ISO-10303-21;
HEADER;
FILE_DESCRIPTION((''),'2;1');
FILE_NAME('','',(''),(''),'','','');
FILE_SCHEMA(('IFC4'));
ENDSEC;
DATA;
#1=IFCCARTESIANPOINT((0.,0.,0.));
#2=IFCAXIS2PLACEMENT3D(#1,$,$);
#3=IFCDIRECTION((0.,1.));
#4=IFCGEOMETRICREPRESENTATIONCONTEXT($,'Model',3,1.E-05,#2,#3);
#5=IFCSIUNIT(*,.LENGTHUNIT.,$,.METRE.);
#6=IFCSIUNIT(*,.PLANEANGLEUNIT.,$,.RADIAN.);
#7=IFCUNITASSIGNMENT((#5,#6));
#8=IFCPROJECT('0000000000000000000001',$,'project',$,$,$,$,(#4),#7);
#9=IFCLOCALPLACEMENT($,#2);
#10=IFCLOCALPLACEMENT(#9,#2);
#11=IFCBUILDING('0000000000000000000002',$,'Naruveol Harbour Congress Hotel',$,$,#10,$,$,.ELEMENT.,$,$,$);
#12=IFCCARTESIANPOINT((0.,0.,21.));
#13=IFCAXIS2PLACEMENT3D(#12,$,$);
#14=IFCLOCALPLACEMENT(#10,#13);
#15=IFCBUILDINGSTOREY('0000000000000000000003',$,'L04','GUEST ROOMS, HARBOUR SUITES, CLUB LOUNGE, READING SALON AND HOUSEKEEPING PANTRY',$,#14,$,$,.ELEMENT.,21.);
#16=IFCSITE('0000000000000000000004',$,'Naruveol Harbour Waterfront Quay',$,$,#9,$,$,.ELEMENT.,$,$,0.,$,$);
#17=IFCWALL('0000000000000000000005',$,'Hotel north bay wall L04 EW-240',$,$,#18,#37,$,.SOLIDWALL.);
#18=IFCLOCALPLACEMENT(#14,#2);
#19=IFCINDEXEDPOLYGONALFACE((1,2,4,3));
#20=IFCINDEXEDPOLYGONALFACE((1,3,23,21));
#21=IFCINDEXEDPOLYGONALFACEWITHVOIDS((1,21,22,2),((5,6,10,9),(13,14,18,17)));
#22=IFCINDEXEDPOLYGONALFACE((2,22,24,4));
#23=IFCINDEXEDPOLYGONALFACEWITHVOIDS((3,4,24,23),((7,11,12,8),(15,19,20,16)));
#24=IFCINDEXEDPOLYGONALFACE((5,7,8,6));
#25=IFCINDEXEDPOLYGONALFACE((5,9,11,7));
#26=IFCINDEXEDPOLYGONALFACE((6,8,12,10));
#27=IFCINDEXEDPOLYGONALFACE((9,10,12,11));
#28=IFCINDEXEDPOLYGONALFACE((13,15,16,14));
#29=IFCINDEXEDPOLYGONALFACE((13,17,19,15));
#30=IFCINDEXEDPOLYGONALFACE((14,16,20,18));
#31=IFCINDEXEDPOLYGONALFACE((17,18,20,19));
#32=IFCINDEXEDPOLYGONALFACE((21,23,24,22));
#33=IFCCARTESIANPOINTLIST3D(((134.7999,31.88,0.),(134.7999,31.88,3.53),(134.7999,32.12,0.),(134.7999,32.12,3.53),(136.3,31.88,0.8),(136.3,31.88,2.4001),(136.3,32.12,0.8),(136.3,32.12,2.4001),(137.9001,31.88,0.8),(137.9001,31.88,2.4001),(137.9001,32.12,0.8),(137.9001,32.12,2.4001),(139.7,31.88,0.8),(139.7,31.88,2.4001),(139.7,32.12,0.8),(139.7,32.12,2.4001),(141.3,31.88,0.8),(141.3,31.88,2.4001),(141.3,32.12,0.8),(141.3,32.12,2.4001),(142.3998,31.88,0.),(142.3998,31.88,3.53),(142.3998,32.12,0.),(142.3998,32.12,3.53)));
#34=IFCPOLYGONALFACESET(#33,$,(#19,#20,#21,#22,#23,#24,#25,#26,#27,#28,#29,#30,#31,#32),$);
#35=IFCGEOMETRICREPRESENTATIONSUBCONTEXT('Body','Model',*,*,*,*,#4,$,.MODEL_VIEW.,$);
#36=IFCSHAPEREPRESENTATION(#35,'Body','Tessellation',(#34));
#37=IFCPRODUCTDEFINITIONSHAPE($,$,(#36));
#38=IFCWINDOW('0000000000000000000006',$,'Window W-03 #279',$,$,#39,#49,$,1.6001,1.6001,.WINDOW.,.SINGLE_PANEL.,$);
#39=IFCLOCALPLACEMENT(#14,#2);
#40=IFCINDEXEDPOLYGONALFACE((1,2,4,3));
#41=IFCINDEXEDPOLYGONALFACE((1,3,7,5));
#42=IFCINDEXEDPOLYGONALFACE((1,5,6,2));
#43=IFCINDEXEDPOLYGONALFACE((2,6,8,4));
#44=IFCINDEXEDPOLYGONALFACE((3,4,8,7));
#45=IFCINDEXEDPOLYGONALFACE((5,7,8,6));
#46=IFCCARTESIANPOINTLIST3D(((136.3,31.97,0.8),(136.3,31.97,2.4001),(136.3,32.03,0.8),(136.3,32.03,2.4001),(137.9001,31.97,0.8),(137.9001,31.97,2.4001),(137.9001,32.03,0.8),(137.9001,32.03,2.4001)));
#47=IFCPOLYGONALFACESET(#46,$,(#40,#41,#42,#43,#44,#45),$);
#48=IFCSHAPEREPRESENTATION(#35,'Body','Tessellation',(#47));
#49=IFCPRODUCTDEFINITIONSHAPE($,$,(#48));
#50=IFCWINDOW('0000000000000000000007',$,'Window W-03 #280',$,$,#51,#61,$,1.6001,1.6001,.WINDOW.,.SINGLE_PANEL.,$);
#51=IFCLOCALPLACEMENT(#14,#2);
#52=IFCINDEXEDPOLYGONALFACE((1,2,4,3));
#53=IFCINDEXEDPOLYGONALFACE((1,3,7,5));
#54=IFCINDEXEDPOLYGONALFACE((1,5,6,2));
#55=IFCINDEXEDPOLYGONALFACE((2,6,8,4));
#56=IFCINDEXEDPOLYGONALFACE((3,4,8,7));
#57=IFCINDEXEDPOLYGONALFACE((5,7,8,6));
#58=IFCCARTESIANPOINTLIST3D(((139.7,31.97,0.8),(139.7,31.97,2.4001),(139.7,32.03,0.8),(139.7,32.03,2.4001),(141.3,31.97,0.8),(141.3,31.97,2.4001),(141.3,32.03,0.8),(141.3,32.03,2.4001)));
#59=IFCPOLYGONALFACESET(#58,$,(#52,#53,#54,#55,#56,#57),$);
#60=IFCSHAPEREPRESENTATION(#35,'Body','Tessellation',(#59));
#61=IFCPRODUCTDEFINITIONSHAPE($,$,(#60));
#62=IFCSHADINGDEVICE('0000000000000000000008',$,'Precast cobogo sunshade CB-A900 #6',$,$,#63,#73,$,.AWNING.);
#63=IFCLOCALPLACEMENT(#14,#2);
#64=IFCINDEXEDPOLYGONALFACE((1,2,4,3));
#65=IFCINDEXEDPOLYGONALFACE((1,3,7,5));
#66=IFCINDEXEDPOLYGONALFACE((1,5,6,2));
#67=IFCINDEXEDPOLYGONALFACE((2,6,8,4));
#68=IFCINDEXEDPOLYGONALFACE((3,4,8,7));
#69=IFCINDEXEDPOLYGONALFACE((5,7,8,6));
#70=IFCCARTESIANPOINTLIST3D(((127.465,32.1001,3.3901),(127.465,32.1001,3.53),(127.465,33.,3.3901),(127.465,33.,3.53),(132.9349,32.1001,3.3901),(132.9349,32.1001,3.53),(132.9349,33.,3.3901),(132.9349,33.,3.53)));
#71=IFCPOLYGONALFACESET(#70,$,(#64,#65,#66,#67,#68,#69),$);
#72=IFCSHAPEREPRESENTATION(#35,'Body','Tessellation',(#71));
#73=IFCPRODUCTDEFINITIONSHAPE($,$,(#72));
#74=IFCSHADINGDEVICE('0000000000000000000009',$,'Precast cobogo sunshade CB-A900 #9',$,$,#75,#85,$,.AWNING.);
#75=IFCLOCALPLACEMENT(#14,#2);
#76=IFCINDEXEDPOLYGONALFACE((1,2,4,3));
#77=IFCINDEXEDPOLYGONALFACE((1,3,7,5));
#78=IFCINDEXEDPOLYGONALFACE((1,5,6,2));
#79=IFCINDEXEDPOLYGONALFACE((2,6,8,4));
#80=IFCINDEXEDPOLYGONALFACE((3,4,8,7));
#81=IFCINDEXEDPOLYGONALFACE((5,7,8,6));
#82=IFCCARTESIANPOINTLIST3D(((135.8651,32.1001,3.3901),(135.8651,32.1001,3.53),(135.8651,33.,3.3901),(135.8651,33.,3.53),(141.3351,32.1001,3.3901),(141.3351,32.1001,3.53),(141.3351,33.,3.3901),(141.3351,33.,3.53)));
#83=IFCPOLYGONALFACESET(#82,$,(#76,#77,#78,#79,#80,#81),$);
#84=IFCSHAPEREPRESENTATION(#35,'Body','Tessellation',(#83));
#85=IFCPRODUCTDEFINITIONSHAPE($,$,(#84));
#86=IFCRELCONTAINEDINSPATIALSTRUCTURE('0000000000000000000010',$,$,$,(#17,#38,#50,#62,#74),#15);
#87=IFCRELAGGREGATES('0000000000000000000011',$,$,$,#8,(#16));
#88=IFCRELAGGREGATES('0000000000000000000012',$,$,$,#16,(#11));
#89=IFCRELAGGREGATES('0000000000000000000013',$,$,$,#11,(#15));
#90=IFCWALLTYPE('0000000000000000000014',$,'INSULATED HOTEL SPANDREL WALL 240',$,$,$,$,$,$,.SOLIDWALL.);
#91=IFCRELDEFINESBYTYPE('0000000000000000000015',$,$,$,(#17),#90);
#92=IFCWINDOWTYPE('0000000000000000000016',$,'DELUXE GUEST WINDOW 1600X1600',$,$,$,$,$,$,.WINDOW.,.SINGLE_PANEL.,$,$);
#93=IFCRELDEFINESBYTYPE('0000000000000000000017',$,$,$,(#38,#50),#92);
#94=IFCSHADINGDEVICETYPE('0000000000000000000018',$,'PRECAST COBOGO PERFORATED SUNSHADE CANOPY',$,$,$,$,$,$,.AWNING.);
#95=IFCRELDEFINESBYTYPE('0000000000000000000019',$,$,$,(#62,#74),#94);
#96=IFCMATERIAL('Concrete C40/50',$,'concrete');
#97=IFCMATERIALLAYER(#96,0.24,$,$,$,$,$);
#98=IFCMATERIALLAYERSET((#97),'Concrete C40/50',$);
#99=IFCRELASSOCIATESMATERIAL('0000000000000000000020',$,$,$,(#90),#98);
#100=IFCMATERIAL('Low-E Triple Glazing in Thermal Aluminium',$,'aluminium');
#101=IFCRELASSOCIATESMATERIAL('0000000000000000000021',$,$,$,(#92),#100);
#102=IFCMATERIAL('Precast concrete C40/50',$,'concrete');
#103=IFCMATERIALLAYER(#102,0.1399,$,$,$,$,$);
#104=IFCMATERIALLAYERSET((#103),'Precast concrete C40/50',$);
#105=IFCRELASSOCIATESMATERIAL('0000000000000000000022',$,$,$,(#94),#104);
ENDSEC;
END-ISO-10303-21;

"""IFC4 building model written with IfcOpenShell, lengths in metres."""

from ifc_helpers import new_model, si_unit, direction, frame, frame_2d, origin, origin_2d, place, context, subcontext, project, spatial, rectangle, extrude, material, layer, layer_set, type_object, element, fill, save


model = new_model("IFC4")

# Units and contexts
model_context = context("Model", 3, precision=1e-05, world=origin(), true_north=direction((0.0, 1.0)))
body_context = subcontext(model_context, "Body", "Model", "MODEL_VIEW")
ifc_project = project(units=[si_unit("LENGTHUNIT", "METRE"), si_unit("PLANEANGLEUNIT", "RADIAN")], contexts=[model_context])

# Site, building, storey
site_placement = place(None, origin())
site = spatial("IfcSite", under=ifc_project, at=site_placement, Name="Naruveol Harbour Waterfront Quay", CompositionType="ELEMENT", RefElevation=0.0)
building_placement = place(site_placement, origin())
building = spatial("IfcBuilding", under=site, at=building_placement, Name="Naruveol Harbour Congress Hotel", CompositionType="ELEMENT")
storey_placement = place(building_placement, frame((0.0, 0.0, 21.0)))
storey = spatial("IfcBuildingStorey", under=building, at=storey_placement, Name="L04", Description="GUEST ROOMS, HARBOUR SUITES, CLUB LOUNGE, READING SALON AND HOUSEKEEPING PANTRY", CompositionType="ELEMENT", Elevation=21.0)

# Wall, openings, windows
ifc_material_1 = material(Name="Concrete C40/50", Category="concrete")
ifc_layer_1 = layer(ifc_material_1, 0.24)
ifc_layer_set_1 = layer_set([ifc_layer_1], Name="Concrete C40/50")
wall_type_1 = type_object("IfcWallType", Name="INSULATED HOTEL SPANDREL WALL 240", PredefinedType="SOLIDWALL", material=ifc_layer_set_1)
wall_1_placement = place(storey_placement, frame((134.8, 32.0, 0.0), z_axis=(0.0, 0.0, 1.0), x_axis=(1.0, 0.0, 0.0)))
wall_1 = element("IfcWall", 1, at=wall_1_placement, inside=storey, type_object=wall_type_1, Name="Hotel north bay wall L04 EW-240", PredefinedType="SOLIDWALL", context=body_context, shape_type="SweptSolid", body=[
    extrude(rectangle(XDim=7.5999, YDim=0.24, at=frame_2d((3.7998, 0.0))), origin(), (0.0, 0.0, 1.0), 3.53),
])
opening_1_placement = place(wall_1_placement, frame((1.5, 0.0, 0.8)))
opening_1 = element("IfcOpeningElement", 2, at=opening_1_placement, cuts=wall_1, PredefinedType="OPENING", context=body_context, shape_type="SweptSolid", body=[
    extrude(rectangle(XDim=1.6001, YDim=1.6001, at=frame_2d((0.8, 0.8))), frame((0.0, 0.1299, 0.0), z_axis=(0.0, -1.0, 0.0), x_axis=(1.0, 0.0, 0.0)), (0.0, 0.0, 1.0), 0.26),
])
opening_2_placement = place(wall_1_placement, frame((4.8999, 0.0, 0.8)))
opening_2 = element("IfcOpeningElement", 3, at=opening_2_placement, cuts=wall_1, PredefinedType="OPENING", context=body_context, shape_type="SweptSolid", body=[
    extrude(rectangle(XDim=1.6001, YDim=1.6001, at=frame_2d((0.8, 0.8))), frame((0.0, 0.1299, 0.0), z_axis=(0.0, -1.0, 0.0), x_axis=(1.0, 0.0, 0.0)), (0.0, 0.0, 1.0), 0.26),
])
ifc_material_2 = material(Name="Low-E Triple Glazing in Thermal Aluminium", Category="aluminium")
window_type = type_object("IfcWindowType", Name="DELUXE GUEST WINDOW 1600X1600", PartitioningType="SINGLE_PANEL", PredefinedType="WINDOW", material=ifc_material_2)
window_1_placement = place(opening_1_placement, origin())
window_1 = element("IfcWindow", 4, at=window_1_placement, inside=storey, type_object=window_type, Name="Window W-03 #279", OverallHeight=1.6001, OverallWidth=1.6001, PartitioningType="SINGLE_PANEL", PredefinedType="WINDOW", context=body_context, shape_type="SweptSolid", body=[
    extrude(rectangle(XDim=1.6001, YDim=1.6001, at=frame_2d((0.8, 0.8))), frame((0.0, 0.03, 0.0), z_axis=(0.0, -1.0, 0.0), x_axis=(1.0, 0.0, 0.0)), (0.0, 0.0, 1.0), 0.0601),
])
fill(opening_1, window_1)
window_2_placement = place(opening_2_placement, origin())
window_2 = element("IfcWindow", 5, at=window_2_placement, inside=storey, type_object=window_type, Name="Window W-03 #280", OverallHeight=1.6001, OverallWidth=1.6001, PartitioningType="SINGLE_PANEL", PredefinedType="WINDOW", context=body_context, shape_type="SweptSolid", body=[
    extrude(rectangle(XDim=1.6001, YDim=1.6001, at=frame_2d((0.8, 0.8))), frame((0.0, 0.03, 0.0), z_axis=(0.0, -1.0, 0.0), x_axis=(1.0, 0.0, 0.0)), (0.0, 0.0, 1.0), 0.0601),
])
fill(opening_2, window_2)

# Shading devices
ifc_material_3 = material(Name="Precast concrete C40/50", Category="concrete")
ifc_layer_2 = layer(ifc_material_3, 0.1399)
ifc_layer_set_2 = layer_set([ifc_layer_2], Name="Precast concrete C40/50")
shading_device_type = type_object("IfcShadingDeviceType", Name="PRECAST COBOGO PERFORATED SUNSHADE CANOPY", PredefinedType="AWNING", material=ifc_layer_set_2)
for number, where, z_axis, x_axis, name in (
    (6, (130.2, 32.55, 3.3901), (0.0, 0.0, 1.0), (1.0, 0.0, 0.0), "Precast cobogo sunshade CB-A900 #6"),
    (7, (138.6001, 32.55, 3.3901), (0.0, 0.0, 1.0), (1.0, 0.0, 0.0), "Precast cobogo sunshade CB-A900 #9"),
):
    element("IfcShadingDevice", number, at=place(storey_placement, frame(where, z_axis=z_axis, x_axis=x_axis)), inside=storey, type_object=shading_device_type, Name=name, PredefinedType="AWNING", context=body_context, shape_type="SweptSolid", body=[
        extrude(rectangle(XDim=5.47, YDim=0.8999, at=origin_2d()), origin(), (0.0, 0.0, 1.0), 0.1399),
    ])

save(model, "model.ifc")
